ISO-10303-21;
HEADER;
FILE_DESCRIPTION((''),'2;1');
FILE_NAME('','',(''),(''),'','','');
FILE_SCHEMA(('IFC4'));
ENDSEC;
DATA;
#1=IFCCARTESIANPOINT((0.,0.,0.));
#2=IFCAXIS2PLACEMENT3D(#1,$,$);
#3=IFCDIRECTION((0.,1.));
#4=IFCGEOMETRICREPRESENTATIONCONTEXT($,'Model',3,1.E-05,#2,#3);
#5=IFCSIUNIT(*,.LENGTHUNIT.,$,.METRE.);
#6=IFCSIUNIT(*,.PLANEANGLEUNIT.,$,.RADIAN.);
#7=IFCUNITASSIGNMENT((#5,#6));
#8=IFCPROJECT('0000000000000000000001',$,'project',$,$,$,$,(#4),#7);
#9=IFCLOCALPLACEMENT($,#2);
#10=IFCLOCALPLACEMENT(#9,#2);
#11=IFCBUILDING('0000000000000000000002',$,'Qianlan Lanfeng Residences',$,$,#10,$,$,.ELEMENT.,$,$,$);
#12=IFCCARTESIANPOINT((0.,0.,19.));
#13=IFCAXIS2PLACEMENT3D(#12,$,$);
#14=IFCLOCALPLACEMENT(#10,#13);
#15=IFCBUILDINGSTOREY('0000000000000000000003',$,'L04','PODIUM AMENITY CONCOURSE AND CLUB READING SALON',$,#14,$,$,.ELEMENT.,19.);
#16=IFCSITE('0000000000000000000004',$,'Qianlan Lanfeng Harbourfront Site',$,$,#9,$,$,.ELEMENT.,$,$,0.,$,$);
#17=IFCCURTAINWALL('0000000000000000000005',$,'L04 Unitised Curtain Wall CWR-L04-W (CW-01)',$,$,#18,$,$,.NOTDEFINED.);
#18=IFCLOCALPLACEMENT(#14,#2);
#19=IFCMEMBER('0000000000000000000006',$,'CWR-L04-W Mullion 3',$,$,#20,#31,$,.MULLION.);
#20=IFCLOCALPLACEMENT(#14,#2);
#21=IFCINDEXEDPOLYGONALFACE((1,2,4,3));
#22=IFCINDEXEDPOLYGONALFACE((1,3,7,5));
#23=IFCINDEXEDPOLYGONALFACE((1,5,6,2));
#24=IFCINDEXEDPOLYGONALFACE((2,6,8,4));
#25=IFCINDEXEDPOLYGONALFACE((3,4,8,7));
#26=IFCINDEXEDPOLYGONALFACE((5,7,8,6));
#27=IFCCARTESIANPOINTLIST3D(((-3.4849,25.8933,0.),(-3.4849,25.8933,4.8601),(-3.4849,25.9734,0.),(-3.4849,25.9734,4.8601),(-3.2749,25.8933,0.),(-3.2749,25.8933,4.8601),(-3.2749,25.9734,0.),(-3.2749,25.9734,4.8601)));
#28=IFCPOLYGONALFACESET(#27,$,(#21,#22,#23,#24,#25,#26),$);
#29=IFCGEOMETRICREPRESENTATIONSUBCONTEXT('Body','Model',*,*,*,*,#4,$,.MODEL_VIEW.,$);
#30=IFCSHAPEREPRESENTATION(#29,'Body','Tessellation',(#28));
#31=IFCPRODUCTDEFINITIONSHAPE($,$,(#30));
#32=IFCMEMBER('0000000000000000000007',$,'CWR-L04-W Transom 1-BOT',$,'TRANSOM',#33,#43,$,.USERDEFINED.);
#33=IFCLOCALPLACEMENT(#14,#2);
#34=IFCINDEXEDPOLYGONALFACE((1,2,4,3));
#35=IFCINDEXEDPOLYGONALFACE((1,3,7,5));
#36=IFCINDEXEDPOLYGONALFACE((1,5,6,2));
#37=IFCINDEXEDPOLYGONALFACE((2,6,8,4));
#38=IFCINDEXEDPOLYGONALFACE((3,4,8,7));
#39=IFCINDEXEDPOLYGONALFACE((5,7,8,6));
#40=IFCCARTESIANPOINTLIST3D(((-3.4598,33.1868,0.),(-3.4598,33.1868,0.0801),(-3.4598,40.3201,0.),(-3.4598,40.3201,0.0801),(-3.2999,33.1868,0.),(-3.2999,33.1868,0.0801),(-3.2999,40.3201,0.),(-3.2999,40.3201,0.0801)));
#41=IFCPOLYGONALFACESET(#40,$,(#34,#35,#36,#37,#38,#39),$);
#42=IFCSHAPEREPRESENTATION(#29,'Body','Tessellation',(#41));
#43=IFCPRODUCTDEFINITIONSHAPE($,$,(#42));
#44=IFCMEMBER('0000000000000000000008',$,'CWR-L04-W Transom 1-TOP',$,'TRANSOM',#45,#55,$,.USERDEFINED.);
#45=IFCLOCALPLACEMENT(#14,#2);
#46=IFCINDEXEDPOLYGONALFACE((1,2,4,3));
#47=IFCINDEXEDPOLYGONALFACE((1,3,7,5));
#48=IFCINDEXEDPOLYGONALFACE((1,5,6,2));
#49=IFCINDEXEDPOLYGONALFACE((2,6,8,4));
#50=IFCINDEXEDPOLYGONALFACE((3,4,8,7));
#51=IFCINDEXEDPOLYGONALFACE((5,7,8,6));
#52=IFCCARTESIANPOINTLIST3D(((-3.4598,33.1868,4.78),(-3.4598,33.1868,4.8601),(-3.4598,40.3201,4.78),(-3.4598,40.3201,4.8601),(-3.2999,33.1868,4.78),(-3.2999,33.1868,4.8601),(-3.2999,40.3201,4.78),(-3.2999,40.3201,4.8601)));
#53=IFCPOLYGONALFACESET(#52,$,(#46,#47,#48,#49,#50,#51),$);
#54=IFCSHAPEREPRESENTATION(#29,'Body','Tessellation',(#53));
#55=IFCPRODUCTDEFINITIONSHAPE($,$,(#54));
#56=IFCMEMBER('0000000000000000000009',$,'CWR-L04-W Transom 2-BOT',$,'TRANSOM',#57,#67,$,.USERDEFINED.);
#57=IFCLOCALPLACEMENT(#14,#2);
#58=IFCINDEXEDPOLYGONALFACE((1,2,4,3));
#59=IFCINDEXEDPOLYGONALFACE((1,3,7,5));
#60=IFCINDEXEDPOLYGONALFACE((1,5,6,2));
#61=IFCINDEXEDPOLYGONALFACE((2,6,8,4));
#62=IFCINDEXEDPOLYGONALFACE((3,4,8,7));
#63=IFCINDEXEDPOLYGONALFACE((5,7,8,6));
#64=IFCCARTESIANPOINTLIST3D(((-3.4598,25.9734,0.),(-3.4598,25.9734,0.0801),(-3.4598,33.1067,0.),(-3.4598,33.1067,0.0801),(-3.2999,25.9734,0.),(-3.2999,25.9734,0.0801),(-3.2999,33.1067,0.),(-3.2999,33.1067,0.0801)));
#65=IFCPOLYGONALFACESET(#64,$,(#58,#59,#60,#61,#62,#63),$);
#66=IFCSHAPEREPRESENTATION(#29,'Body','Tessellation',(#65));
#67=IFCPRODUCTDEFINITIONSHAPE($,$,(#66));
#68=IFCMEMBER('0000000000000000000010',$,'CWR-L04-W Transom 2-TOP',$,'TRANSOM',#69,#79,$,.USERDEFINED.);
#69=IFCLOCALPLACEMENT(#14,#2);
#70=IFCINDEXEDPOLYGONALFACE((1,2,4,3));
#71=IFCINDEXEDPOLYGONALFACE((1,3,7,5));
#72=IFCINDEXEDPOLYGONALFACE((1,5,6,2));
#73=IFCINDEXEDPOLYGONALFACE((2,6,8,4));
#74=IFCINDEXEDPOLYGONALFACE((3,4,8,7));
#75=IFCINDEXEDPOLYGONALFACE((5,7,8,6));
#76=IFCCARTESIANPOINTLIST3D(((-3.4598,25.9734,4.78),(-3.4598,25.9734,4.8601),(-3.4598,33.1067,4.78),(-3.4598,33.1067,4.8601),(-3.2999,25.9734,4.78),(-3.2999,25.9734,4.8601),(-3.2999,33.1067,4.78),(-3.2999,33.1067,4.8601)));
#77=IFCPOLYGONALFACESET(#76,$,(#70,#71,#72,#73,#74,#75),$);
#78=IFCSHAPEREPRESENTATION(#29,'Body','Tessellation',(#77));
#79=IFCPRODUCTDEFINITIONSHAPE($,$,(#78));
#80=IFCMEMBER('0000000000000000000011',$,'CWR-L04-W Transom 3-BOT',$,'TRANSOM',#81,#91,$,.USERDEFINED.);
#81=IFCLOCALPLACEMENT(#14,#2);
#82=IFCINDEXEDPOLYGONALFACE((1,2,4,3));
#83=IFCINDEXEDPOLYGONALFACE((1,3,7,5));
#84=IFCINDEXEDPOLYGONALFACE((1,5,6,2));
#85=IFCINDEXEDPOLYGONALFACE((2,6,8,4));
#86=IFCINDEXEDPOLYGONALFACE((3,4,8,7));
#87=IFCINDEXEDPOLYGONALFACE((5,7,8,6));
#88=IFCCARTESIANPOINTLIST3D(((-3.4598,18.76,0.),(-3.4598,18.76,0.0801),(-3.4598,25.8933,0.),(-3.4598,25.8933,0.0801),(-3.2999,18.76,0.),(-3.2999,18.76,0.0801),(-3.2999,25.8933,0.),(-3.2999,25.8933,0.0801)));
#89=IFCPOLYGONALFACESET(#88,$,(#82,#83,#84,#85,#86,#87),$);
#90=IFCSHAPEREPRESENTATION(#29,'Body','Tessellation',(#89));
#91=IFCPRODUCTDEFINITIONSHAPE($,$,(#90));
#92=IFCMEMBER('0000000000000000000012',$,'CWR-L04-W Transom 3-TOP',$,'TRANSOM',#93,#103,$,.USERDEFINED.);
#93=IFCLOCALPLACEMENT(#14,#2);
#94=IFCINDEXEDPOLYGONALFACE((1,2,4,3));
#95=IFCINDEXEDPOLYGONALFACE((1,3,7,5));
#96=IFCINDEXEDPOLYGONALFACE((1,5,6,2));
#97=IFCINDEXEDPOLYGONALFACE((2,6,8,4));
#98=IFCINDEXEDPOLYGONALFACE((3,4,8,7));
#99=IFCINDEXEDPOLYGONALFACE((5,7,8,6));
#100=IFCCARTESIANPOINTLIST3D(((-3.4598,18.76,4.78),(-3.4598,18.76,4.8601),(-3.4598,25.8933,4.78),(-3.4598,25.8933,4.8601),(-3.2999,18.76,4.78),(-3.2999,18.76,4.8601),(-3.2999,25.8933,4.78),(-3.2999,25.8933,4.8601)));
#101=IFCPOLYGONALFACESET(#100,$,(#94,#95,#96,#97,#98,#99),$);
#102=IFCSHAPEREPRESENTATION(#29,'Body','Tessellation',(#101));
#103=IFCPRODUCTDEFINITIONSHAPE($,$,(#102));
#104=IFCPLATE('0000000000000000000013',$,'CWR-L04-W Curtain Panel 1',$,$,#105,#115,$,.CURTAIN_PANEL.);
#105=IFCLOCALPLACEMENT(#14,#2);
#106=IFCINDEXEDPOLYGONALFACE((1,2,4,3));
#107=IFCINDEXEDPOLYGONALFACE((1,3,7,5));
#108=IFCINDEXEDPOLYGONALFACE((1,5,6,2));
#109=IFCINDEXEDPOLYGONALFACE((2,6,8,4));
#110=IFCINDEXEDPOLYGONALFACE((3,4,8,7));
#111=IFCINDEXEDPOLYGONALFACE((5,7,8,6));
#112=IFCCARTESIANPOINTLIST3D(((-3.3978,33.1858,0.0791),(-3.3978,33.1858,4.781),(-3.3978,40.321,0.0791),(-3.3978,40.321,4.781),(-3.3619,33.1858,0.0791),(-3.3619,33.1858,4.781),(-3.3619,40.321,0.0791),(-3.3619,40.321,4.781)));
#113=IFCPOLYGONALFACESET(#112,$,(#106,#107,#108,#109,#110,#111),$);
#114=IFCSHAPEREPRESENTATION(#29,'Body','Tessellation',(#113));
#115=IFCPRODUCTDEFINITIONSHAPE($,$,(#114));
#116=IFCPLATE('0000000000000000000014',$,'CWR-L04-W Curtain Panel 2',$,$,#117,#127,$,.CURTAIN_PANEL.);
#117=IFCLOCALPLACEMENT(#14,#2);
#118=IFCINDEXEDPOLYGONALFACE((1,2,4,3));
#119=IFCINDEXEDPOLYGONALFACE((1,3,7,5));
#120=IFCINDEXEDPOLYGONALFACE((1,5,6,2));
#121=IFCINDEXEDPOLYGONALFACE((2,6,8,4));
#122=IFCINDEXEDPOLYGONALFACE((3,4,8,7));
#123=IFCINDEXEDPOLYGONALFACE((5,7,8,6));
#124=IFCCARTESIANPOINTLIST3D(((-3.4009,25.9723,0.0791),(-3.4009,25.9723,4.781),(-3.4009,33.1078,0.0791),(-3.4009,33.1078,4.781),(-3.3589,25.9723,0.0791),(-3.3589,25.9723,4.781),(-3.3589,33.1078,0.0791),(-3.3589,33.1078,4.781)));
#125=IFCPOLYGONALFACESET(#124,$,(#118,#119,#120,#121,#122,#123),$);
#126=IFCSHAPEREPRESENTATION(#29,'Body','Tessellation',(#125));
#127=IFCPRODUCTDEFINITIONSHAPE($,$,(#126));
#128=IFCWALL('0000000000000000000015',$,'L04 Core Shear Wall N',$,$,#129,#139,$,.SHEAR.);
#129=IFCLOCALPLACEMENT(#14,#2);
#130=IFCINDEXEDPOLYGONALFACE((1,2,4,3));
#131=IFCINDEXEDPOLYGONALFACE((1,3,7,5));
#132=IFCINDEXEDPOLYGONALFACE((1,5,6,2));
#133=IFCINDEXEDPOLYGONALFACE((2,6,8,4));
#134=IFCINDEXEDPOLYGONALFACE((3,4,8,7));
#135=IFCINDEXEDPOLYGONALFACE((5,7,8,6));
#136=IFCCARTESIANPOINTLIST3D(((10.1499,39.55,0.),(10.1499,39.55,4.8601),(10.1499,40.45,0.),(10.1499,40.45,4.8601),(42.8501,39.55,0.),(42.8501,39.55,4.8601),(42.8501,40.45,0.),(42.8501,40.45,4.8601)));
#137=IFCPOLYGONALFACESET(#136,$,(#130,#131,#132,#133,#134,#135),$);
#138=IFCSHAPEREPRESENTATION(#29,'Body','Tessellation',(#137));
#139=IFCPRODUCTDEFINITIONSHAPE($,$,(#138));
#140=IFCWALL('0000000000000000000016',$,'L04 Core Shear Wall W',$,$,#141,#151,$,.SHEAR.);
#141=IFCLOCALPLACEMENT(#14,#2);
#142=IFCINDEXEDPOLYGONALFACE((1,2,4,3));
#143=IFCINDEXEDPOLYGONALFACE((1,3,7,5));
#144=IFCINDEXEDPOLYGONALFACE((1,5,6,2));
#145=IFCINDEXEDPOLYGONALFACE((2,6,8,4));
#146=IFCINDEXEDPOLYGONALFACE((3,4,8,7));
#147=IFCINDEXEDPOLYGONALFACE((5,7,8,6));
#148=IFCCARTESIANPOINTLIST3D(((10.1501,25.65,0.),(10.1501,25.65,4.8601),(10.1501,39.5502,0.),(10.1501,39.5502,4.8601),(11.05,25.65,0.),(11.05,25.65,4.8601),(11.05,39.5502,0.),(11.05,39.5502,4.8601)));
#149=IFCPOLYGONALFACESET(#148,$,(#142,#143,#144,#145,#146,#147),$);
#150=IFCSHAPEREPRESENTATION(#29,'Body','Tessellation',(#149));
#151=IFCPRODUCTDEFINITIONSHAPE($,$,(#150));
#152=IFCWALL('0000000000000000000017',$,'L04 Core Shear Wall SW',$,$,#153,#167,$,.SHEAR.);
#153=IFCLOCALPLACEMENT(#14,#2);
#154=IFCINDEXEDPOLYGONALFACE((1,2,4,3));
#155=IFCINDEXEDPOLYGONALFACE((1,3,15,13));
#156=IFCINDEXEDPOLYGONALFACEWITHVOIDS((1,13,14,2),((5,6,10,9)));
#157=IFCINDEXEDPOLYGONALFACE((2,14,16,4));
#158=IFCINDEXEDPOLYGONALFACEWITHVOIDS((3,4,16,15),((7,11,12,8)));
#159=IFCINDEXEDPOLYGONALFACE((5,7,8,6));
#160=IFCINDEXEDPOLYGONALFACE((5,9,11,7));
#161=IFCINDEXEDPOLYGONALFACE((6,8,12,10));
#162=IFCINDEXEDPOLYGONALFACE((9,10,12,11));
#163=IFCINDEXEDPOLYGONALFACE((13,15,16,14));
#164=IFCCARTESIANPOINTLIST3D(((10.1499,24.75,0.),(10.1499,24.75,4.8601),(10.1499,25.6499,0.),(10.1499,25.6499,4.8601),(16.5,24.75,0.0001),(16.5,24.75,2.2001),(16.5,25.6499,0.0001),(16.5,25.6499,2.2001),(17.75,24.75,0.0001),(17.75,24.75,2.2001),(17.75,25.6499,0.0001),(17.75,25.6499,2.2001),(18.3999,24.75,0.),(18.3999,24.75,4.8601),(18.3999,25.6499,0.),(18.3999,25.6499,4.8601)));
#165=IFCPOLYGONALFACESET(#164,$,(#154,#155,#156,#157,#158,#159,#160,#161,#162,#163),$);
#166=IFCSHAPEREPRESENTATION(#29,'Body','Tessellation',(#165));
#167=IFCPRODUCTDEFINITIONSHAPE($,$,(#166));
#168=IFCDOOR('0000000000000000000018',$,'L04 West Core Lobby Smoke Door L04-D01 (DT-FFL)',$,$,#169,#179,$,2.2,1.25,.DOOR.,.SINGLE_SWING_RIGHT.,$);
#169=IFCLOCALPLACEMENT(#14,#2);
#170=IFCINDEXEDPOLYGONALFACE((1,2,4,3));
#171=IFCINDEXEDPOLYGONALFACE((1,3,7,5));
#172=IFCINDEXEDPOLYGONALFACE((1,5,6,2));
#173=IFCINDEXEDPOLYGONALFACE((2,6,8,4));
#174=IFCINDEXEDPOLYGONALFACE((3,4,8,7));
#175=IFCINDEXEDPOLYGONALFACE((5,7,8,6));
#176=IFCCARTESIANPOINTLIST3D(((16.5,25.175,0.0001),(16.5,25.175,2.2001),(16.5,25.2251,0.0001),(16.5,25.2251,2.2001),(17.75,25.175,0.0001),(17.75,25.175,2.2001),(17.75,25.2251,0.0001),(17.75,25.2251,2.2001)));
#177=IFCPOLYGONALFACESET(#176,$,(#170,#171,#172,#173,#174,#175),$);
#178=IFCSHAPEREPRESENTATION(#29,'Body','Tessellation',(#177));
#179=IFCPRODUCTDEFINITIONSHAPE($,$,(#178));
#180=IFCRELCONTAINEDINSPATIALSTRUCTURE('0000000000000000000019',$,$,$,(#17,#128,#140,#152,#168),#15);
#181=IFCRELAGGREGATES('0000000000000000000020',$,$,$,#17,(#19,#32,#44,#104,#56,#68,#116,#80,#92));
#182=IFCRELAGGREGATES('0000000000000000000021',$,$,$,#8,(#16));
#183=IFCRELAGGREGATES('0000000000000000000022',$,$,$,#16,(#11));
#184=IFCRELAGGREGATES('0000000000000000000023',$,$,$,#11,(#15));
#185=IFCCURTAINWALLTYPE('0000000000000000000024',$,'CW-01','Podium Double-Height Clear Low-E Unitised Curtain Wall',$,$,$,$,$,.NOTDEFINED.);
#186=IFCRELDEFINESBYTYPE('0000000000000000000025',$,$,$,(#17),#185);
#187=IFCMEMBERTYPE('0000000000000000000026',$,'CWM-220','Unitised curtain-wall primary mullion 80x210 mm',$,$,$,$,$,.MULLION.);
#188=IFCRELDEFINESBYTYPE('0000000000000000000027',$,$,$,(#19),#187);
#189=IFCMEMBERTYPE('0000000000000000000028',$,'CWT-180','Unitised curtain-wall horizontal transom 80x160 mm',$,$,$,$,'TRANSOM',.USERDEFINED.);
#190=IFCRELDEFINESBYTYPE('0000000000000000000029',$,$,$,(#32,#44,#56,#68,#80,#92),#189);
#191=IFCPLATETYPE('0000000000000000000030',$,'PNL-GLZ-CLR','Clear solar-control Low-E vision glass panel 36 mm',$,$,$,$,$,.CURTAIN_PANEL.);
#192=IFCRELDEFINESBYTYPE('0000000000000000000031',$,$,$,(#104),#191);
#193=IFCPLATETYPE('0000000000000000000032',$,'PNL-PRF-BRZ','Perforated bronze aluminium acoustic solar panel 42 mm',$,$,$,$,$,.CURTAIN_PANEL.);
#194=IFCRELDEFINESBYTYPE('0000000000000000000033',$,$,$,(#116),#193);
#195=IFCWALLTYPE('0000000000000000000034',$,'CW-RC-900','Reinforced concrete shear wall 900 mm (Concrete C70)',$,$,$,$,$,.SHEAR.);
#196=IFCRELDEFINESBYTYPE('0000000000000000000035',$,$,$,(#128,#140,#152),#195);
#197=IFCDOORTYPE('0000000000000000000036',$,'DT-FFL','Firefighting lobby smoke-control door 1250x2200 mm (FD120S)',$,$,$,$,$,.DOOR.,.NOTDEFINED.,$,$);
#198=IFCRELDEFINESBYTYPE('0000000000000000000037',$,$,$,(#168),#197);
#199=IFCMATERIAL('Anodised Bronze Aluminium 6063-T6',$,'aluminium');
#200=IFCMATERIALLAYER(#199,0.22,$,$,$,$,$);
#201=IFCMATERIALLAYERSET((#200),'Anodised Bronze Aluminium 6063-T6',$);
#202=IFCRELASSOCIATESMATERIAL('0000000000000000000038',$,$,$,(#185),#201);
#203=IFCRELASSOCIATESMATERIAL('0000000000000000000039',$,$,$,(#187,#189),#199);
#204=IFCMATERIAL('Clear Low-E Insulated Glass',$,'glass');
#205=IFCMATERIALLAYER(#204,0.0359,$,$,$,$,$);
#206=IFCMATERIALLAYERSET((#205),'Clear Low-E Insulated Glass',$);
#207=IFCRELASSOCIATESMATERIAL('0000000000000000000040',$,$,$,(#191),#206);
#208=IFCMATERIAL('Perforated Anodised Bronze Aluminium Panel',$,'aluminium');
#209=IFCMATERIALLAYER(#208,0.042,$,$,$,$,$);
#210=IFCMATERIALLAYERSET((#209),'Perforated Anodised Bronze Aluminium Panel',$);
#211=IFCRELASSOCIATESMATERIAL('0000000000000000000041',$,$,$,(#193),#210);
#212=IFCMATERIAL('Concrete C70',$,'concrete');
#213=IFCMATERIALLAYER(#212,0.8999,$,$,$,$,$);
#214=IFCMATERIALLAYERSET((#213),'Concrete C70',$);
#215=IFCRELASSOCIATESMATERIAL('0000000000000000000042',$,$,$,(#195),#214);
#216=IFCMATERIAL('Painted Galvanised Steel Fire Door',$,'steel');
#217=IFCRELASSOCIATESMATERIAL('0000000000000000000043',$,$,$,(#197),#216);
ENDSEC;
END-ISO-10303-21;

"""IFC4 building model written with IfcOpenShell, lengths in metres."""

from ifc_helpers import new_model, si_unit, direction, frame, frame_2d, origin, origin_2d, place, context, subcontext, project, spatial, rectangle, extrude, source, transform, mapped, material, layer, layer_set, material_profile, profile_set, type_object, element, fill, aggregate, save


model = new_model("IFC4")

# Units and contexts
model_context = context("Model", 3, precision=1e-05, world=origin(), true_north=direction((0.0, 1.0)))
body_context = subcontext(model_context, "Body", "Model", "MODEL_VIEW")
ifc_project = project(units=[si_unit("LENGTHUNIT", "METRE"), si_unit("PLANEANGLEUNIT", "RADIAN")], contexts=[model_context])

# Site, building, storey
site_placement = place(None, origin())
site = spatial("IfcSite", under=ifc_project, at=site_placement, Name="Qianlan Lanfeng Harbourfront Site", CompositionType="ELEMENT", RefElevation=0.0)
building_placement = place(site_placement, origin())
building = spatial("IfcBuilding", under=site, at=building_placement, Name="Qianlan Lanfeng Residences", CompositionType="ELEMENT")
storey_placement = place(building_placement, frame((0.0, 0.0, 19.0)))
storey = spatial("IfcBuildingStorey", under=building, at=storey_placement, Name="L04", Description="PODIUM AMENITY CONCOURSE AND CLUB READING SALON", CompositionType="ELEMENT", Elevation=19.0)

# Curtain wall, members, plates
ifc_material_1 = material(Name="Anodised Bronze Aluminium 6063-T6", Category="aluminium")
ifc_layer_1 = layer(ifc_material_1, 0.22)
ifc_layer_set_1 = layer_set([ifc_layer_1], Name="Anodised Bronze Aluminium 6063-T6")
curtain_wall_type = type_object("IfcCurtainWallType", Name="CW-01", Description="Podium Double-Height Clear Low-E Unitised Curtain Wall", PredefinedType="NOTDEFINED", material=ifc_layer_set_1)
curtain_wall_placement = place(storey_placement, origin())
curtain_wall = element("IfcCurtainWall", 1, at=curtain_wall_placement, inside=storey, type_object=curtain_wall_type, Name="L04 Unitised Curtain Wall CWR-L04-W (CW-01)", PredefinedType="NOTDEFINED")
ifc_material_profile_1 = material_profile(ifc_material_1, rectangle(XDim=0.0801, YDim=0.21, at=origin_2d()), Name="ALU MULLION 80x210")
ifc_profile_set_1 = profile_set([ifc_material_profile_1], Name="Anodised Bronze Aluminium 6063-T6")
member_type_1 = type_object("IfcMemberType", Name="CWM-220", Description="Unitised curtain-wall primary mullion 80x210 mm", PredefinedType="MULLION", material=ifc_profile_set_1)
shared_shape_1 = source(origin(), body_context, "Body", "SweptSolid", [
    extrude(rectangle(XDim=0.0801, YDim=0.21, at=origin_2d()), origin(), (0.0, 0.0, 1.0), 4.8601),
])
member_1_placement = place(storey_placement, frame((-3.3799, 25.9333, 0.0), z_axis=(0.0, 0.0, 1.0), x_axis=(0.0, -1.0, 0.0)))
member_1 = element("IfcMember", 2, at=member_1_placement, type_object=member_type_1, Name="CWR-L04-W Mullion 3", PredefinedType="MULLION", context=body_context, shape_type="MappedRepresentation", body=[
    mapped(shared_shape_1, transform((0.0, 0.0, 0.0), scale=1.0)),
])
ifc_material_profile_2 = material_profile(ifc_material_1, rectangle(XDim=0.0801, YDim=0.1599, at=origin_2d()), Name="ALU TRANSOM 80x160")
ifc_profile_set_2 = profile_set([ifc_material_profile_2], Name="Anodised Bronze Aluminium 6063-T6")
member_type_2 = type_object("IfcMemberType", Name="CWT-180", Description="Unitised curtain-wall horizontal transom 80x160 mm", ElementType="TRANSOM", PredefinedType="USERDEFINED", material=ifc_profile_set_2)
shared_shape_2 = source(origin(), body_context, "Body", "SweptSolid", [
    extrude(rectangle(XDim=0.0801, YDim=0.1599, at=origin_2d()), origin(), (0.0, 0.0, 1.0), 7.1333),
])
member_2_placement = place(storey_placement, frame((-3.3799, 40.3201, 0.04), z_axis=(0.0, -1.0, 0.0), x_axis=(0.0, 0.0, 1.0)))
member_2 = element("IfcMember", 3, at=member_2_placement, type_object=member_type_2, Name="CWR-L04-W Transom 1-BOT", ObjectType="TRANSOM", PredefinedType="USERDEFINED", context=body_context, shape_type="MappedRepresentation", body=[
    mapped(shared_shape_2, transform((0.0, 0.0, 0.0), scale=1.0)),
])
member_3_placement = place(storey_placement, frame((-3.3799, 40.3201, 4.8201), z_axis=(0.0, -1.0, 0.0), x_axis=(0.0, 0.0, 1.0)))
member_3 = element("IfcMember", 4, at=member_3_placement, type_object=member_type_2, Name="CWR-L04-W Transom 1-TOP", ObjectType="TRANSOM", PredefinedType="USERDEFINED", context=body_context, shape_type="MappedRepresentation", body=[
    mapped(shared_shape_2, transform((0.0, 0.0, 0.0), scale=1.0)),
])
member_4_placement = place(storey_placement, frame((-3.3799, 33.1067, 0.04), z_axis=(0.0, -1.0, 0.0), x_axis=(0.0, 0.0, 1.0)))
member_4 = element("IfcMember", 5, at=member_4_placement, type_object=member_type_2, Name="CWR-L04-W Transom 2-BOT", ObjectType="TRANSOM", PredefinedType="USERDEFINED", context=body_context, shape_type="MappedRepresentation", body=[
    mapped(shared_shape_2, transform((0.0, 0.0, 0.0), scale=1.0)),
])
member_5_placement = place(storey_placement, frame((-3.3799, 33.1067, 4.8201), z_axis=(0.0, -1.0, 0.0), x_axis=(0.0, 0.0, 1.0)))
member_5 = element("IfcMember", 6, at=member_5_placement, type_object=member_type_2, Name="CWR-L04-W Transom 2-TOP", ObjectType="TRANSOM", PredefinedType="USERDEFINED", context=body_context, shape_type="MappedRepresentation", body=[
    mapped(shared_shape_2, transform((0.0, 0.0, 0.0), scale=1.0)),
])
member_6_placement = place(storey_placement, frame((-3.3799, 25.8933, 0.04), z_axis=(0.0, -1.0, 0.0), x_axis=(0.0, 0.0, 1.0)))
member_6 = element("IfcMember", 7, at=member_6_placement, type_object=member_type_2, Name="CWR-L04-W Transom 3-BOT", ObjectType="TRANSOM", PredefinedType="USERDEFINED", context=body_context, shape_type="MappedRepresentation", body=[
    mapped(shared_shape_2, transform((0.0, 0.0, 0.0), scale=1.0)),
])
member_7_placement = place(storey_placement, frame((-3.3799, 25.8933, 4.8201), z_axis=(0.0, -1.0, 0.0), x_axis=(0.0, 0.0, 1.0)))
member_7 = element("IfcMember", 8, at=member_7_placement, type_object=member_type_2, Name="CWR-L04-W Transom 3-TOP", ObjectType="TRANSOM", PredefinedType="USERDEFINED", context=body_context, shape_type="MappedRepresentation", body=[
    mapped(shared_shape_2, transform((0.0, 0.0, 0.0), scale=1.0)),
])
ifc_material_2 = material(Name="Clear Low-E Insulated Glass", Category="glass")
ifc_layer_2 = layer(ifc_material_2, 0.0359)
ifc_layer_set_2 = layer_set([ifc_layer_2], Name="Clear Low-E Insulated Glass")
plate_type_1 = type_object("IfcPlateType", Name="PNL-GLZ-CLR", Description="Clear solar-control Low-E vision glass panel 36 mm", PredefinedType="CURTAIN_PANEL", material=ifc_layer_set_2)
shared_shape_3 = source(origin(), body_context, "Body", "SweptSolid", [
    extrude(rectangle(XDim=7.1353, YDim=0.0359, at=origin_2d()), origin(), (0.0, 0.0, 1.0), 4.7019),
])
plate_1_placement = place(storey_placement, frame((-3.3799, 36.7534, 0.0791), z_axis=(0.0, 0.0, 1.0), x_axis=(0.0, -1.0, 0.0)))
plate_1 = element("IfcPlate", 9, at=plate_1_placement, type_object=plate_type_1, Name="CWR-L04-W Curtain Panel 1", PredefinedType="CURTAIN_PANEL", context=body_context, shape_type="MappedRepresentation", body=[
    mapped(shared_shape_3, transform((0.0, 0.0, 0.0), scale=1.0)),
])
ifc_material_3 = material(Name="Perforated Anodised Bronze Aluminium Panel", Category="aluminium")
ifc_layer_3 = layer(ifc_material_3, 0.042)
ifc_layer_set_3 = layer_set([ifc_layer_3], Name="Perforated Anodised Bronze Aluminium Panel")
plate_type_2 = type_object("IfcPlateType", Name="PNL-PRF-BRZ", Description="Perforated bronze aluminium acoustic solar panel 42 mm", PredefinedType="CURTAIN_PANEL", material=ifc_layer_set_3)
shared_shape_4 = source(origin(), body_context, "Body", "SweptSolid", [
    extrude(rectangle(XDim=7.1355, YDim=0.042, at=origin_2d()), origin(), (0.0, 0.0, 1.0), 4.7019),
])
plate_2_placement = place(storey_placement, frame((-3.3799, 29.54, 0.0791), z_axis=(0.0, 0.0, 1.0), x_axis=(0.0, -1.0, 0.0)))
plate_2 = element("IfcPlate", 10, at=plate_2_placement, type_object=plate_type_2, Name="CWR-L04-W Curtain Panel 2", PredefinedType="CURTAIN_PANEL", context=body_context, shape_type="MappedRepresentation", body=[
    mapped(shared_shape_4, transform((0.0, 0.0, 0.0), scale=1.0)),
])
aggregate(curtain_wall, [member_1, member_2, member_3, plate_1, member_4, member_5, plate_2, member_6, member_7])

# Walls
ifc_material_4 = material(Name="Concrete C70", Category="concrete")
ifc_layer_4 = layer(ifc_material_4, 0.8999)
ifc_layer_set_4 = layer_set([ifc_layer_4], Name="Concrete C70")
wall_type_1 = type_object("IfcWallType", Name="CW-RC-900", Description="Reinforced concrete shear wall 900 mm (Concrete C70)", PredefinedType="SHEAR", material=ifc_layer_set_4)
wall_1_placement = place(storey_placement, frame((10.1499, 40.0, 0.0), z_axis=(0.0, 0.0, 1.0), x_axis=(1.0, 0.0, 0.0)))
element("IfcWall", 11, at=wall_1_placement, inside=storey, type_object=wall_type_1, Name="L04 Core Shear Wall N", PredefinedType="SHEAR", context=body_context, shape_type="SweptSolid", body=[
    extrude(rectangle(XDim=32.7002, YDim=0.8999, at=frame_2d((16.3501, 0.0))), origin(), (0.0, 0.0, 1.0), 4.8601),
])
wall_2_placement = place(storey_placement, frame((10.6001, 25.6499, 0.0), z_axis=(0.0, 0.0, 1.0), x_axis=(0.0, 1.0, 0.0)))
element("IfcWall", 12, at=wall_2_placement, inside=storey, type_object=wall_type_1, Name="L04 Core Shear Wall W", PredefinedType="SHEAR", context=body_context, shape_type="SweptSolid", body=[
    extrude(rectangle(XDim=13.9001, YDim=0.8999, at=frame_2d((6.9502, 0.0))), origin(), (0.0, 0.0, 1.0), 4.8601),
])

# Wall, opening, door
wall_3_placement = place(storey_placement, frame((10.1499, 25.2, 0.0), z_axis=(0.0, 0.0, 1.0), x_axis=(1.0, 0.0, 0.0)))
wall_3 = element("IfcWall", 13, at=wall_3_placement, inside=storey, type_object=wall_type_1, Name="L04 Core Shear Wall SW", PredefinedType="SHEAR", context=body_context, shape_type="SweptSolid", body=[
    extrude(rectangle(XDim=8.25, YDim=0.8999, at=frame_2d((4.125, 0.0))), origin(), (0.0, 0.0, 1.0), 4.8601),
])
opening_placement = place(wall_3_placement, frame((6.3501, 0.0, 0.0)))
opening = element("IfcOpeningElement", 14, at=opening_placement, cuts=wall_3, PredefinedType="OPENING", context=body_context, shape_type="SweptSolid", body=[
    extrude(rectangle(XDim=1.25, YDim=2.2, at=frame_2d((0.625, 1.1001))), frame((0.0, 0.46, 0.0), z_axis=(0.0, -1.0, 0.0), x_axis=(1.0, 0.0, 0.0)), (0.0, 0.0, 1.0), 0.9199),
])
ifc_material_5 = material(Name="Painted Galvanised Steel Fire Door", Category="steel")
door_type = type_object("IfcDoorType", Name="DT-FFL", Description="Firefighting lobby smoke-control door 1250x2200 mm (FD120S)", OperationType="NOTDEFINED", PredefinedType="DOOR", material=ifc_material_5)
door_placement = place(opening_placement, frame((1.25, 0.0, 0.0), z_axis=(0.0, 0.0, 1.0), x_axis=(-1.0, 0.0, 0.0)))
door = element("IfcDoor", 15, at=door_placement, inside=storey, type_object=door_type, Name="L04 West Core Lobby Smoke Door L04-D01 (DT-FFL)", OperationType="SINGLE_SWING_RIGHT", OverallHeight=2.2, OverallWidth=1.25, PredefinedType="DOOR", context=body_context, shape_type="SweptSolid", body=[
    extrude(rectangle(XDim=1.25, YDim=2.2, at=frame_2d((0.625, 1.1001))), frame((0.0, 0.0249, 0.0), z_axis=(0.0, -1.0, 0.0), x_axis=(1.0, 0.0, 0.0)), (0.0, 0.0, 1.0), 0.05),
])
fill(opening, door)

save(model, "model.ifc")
